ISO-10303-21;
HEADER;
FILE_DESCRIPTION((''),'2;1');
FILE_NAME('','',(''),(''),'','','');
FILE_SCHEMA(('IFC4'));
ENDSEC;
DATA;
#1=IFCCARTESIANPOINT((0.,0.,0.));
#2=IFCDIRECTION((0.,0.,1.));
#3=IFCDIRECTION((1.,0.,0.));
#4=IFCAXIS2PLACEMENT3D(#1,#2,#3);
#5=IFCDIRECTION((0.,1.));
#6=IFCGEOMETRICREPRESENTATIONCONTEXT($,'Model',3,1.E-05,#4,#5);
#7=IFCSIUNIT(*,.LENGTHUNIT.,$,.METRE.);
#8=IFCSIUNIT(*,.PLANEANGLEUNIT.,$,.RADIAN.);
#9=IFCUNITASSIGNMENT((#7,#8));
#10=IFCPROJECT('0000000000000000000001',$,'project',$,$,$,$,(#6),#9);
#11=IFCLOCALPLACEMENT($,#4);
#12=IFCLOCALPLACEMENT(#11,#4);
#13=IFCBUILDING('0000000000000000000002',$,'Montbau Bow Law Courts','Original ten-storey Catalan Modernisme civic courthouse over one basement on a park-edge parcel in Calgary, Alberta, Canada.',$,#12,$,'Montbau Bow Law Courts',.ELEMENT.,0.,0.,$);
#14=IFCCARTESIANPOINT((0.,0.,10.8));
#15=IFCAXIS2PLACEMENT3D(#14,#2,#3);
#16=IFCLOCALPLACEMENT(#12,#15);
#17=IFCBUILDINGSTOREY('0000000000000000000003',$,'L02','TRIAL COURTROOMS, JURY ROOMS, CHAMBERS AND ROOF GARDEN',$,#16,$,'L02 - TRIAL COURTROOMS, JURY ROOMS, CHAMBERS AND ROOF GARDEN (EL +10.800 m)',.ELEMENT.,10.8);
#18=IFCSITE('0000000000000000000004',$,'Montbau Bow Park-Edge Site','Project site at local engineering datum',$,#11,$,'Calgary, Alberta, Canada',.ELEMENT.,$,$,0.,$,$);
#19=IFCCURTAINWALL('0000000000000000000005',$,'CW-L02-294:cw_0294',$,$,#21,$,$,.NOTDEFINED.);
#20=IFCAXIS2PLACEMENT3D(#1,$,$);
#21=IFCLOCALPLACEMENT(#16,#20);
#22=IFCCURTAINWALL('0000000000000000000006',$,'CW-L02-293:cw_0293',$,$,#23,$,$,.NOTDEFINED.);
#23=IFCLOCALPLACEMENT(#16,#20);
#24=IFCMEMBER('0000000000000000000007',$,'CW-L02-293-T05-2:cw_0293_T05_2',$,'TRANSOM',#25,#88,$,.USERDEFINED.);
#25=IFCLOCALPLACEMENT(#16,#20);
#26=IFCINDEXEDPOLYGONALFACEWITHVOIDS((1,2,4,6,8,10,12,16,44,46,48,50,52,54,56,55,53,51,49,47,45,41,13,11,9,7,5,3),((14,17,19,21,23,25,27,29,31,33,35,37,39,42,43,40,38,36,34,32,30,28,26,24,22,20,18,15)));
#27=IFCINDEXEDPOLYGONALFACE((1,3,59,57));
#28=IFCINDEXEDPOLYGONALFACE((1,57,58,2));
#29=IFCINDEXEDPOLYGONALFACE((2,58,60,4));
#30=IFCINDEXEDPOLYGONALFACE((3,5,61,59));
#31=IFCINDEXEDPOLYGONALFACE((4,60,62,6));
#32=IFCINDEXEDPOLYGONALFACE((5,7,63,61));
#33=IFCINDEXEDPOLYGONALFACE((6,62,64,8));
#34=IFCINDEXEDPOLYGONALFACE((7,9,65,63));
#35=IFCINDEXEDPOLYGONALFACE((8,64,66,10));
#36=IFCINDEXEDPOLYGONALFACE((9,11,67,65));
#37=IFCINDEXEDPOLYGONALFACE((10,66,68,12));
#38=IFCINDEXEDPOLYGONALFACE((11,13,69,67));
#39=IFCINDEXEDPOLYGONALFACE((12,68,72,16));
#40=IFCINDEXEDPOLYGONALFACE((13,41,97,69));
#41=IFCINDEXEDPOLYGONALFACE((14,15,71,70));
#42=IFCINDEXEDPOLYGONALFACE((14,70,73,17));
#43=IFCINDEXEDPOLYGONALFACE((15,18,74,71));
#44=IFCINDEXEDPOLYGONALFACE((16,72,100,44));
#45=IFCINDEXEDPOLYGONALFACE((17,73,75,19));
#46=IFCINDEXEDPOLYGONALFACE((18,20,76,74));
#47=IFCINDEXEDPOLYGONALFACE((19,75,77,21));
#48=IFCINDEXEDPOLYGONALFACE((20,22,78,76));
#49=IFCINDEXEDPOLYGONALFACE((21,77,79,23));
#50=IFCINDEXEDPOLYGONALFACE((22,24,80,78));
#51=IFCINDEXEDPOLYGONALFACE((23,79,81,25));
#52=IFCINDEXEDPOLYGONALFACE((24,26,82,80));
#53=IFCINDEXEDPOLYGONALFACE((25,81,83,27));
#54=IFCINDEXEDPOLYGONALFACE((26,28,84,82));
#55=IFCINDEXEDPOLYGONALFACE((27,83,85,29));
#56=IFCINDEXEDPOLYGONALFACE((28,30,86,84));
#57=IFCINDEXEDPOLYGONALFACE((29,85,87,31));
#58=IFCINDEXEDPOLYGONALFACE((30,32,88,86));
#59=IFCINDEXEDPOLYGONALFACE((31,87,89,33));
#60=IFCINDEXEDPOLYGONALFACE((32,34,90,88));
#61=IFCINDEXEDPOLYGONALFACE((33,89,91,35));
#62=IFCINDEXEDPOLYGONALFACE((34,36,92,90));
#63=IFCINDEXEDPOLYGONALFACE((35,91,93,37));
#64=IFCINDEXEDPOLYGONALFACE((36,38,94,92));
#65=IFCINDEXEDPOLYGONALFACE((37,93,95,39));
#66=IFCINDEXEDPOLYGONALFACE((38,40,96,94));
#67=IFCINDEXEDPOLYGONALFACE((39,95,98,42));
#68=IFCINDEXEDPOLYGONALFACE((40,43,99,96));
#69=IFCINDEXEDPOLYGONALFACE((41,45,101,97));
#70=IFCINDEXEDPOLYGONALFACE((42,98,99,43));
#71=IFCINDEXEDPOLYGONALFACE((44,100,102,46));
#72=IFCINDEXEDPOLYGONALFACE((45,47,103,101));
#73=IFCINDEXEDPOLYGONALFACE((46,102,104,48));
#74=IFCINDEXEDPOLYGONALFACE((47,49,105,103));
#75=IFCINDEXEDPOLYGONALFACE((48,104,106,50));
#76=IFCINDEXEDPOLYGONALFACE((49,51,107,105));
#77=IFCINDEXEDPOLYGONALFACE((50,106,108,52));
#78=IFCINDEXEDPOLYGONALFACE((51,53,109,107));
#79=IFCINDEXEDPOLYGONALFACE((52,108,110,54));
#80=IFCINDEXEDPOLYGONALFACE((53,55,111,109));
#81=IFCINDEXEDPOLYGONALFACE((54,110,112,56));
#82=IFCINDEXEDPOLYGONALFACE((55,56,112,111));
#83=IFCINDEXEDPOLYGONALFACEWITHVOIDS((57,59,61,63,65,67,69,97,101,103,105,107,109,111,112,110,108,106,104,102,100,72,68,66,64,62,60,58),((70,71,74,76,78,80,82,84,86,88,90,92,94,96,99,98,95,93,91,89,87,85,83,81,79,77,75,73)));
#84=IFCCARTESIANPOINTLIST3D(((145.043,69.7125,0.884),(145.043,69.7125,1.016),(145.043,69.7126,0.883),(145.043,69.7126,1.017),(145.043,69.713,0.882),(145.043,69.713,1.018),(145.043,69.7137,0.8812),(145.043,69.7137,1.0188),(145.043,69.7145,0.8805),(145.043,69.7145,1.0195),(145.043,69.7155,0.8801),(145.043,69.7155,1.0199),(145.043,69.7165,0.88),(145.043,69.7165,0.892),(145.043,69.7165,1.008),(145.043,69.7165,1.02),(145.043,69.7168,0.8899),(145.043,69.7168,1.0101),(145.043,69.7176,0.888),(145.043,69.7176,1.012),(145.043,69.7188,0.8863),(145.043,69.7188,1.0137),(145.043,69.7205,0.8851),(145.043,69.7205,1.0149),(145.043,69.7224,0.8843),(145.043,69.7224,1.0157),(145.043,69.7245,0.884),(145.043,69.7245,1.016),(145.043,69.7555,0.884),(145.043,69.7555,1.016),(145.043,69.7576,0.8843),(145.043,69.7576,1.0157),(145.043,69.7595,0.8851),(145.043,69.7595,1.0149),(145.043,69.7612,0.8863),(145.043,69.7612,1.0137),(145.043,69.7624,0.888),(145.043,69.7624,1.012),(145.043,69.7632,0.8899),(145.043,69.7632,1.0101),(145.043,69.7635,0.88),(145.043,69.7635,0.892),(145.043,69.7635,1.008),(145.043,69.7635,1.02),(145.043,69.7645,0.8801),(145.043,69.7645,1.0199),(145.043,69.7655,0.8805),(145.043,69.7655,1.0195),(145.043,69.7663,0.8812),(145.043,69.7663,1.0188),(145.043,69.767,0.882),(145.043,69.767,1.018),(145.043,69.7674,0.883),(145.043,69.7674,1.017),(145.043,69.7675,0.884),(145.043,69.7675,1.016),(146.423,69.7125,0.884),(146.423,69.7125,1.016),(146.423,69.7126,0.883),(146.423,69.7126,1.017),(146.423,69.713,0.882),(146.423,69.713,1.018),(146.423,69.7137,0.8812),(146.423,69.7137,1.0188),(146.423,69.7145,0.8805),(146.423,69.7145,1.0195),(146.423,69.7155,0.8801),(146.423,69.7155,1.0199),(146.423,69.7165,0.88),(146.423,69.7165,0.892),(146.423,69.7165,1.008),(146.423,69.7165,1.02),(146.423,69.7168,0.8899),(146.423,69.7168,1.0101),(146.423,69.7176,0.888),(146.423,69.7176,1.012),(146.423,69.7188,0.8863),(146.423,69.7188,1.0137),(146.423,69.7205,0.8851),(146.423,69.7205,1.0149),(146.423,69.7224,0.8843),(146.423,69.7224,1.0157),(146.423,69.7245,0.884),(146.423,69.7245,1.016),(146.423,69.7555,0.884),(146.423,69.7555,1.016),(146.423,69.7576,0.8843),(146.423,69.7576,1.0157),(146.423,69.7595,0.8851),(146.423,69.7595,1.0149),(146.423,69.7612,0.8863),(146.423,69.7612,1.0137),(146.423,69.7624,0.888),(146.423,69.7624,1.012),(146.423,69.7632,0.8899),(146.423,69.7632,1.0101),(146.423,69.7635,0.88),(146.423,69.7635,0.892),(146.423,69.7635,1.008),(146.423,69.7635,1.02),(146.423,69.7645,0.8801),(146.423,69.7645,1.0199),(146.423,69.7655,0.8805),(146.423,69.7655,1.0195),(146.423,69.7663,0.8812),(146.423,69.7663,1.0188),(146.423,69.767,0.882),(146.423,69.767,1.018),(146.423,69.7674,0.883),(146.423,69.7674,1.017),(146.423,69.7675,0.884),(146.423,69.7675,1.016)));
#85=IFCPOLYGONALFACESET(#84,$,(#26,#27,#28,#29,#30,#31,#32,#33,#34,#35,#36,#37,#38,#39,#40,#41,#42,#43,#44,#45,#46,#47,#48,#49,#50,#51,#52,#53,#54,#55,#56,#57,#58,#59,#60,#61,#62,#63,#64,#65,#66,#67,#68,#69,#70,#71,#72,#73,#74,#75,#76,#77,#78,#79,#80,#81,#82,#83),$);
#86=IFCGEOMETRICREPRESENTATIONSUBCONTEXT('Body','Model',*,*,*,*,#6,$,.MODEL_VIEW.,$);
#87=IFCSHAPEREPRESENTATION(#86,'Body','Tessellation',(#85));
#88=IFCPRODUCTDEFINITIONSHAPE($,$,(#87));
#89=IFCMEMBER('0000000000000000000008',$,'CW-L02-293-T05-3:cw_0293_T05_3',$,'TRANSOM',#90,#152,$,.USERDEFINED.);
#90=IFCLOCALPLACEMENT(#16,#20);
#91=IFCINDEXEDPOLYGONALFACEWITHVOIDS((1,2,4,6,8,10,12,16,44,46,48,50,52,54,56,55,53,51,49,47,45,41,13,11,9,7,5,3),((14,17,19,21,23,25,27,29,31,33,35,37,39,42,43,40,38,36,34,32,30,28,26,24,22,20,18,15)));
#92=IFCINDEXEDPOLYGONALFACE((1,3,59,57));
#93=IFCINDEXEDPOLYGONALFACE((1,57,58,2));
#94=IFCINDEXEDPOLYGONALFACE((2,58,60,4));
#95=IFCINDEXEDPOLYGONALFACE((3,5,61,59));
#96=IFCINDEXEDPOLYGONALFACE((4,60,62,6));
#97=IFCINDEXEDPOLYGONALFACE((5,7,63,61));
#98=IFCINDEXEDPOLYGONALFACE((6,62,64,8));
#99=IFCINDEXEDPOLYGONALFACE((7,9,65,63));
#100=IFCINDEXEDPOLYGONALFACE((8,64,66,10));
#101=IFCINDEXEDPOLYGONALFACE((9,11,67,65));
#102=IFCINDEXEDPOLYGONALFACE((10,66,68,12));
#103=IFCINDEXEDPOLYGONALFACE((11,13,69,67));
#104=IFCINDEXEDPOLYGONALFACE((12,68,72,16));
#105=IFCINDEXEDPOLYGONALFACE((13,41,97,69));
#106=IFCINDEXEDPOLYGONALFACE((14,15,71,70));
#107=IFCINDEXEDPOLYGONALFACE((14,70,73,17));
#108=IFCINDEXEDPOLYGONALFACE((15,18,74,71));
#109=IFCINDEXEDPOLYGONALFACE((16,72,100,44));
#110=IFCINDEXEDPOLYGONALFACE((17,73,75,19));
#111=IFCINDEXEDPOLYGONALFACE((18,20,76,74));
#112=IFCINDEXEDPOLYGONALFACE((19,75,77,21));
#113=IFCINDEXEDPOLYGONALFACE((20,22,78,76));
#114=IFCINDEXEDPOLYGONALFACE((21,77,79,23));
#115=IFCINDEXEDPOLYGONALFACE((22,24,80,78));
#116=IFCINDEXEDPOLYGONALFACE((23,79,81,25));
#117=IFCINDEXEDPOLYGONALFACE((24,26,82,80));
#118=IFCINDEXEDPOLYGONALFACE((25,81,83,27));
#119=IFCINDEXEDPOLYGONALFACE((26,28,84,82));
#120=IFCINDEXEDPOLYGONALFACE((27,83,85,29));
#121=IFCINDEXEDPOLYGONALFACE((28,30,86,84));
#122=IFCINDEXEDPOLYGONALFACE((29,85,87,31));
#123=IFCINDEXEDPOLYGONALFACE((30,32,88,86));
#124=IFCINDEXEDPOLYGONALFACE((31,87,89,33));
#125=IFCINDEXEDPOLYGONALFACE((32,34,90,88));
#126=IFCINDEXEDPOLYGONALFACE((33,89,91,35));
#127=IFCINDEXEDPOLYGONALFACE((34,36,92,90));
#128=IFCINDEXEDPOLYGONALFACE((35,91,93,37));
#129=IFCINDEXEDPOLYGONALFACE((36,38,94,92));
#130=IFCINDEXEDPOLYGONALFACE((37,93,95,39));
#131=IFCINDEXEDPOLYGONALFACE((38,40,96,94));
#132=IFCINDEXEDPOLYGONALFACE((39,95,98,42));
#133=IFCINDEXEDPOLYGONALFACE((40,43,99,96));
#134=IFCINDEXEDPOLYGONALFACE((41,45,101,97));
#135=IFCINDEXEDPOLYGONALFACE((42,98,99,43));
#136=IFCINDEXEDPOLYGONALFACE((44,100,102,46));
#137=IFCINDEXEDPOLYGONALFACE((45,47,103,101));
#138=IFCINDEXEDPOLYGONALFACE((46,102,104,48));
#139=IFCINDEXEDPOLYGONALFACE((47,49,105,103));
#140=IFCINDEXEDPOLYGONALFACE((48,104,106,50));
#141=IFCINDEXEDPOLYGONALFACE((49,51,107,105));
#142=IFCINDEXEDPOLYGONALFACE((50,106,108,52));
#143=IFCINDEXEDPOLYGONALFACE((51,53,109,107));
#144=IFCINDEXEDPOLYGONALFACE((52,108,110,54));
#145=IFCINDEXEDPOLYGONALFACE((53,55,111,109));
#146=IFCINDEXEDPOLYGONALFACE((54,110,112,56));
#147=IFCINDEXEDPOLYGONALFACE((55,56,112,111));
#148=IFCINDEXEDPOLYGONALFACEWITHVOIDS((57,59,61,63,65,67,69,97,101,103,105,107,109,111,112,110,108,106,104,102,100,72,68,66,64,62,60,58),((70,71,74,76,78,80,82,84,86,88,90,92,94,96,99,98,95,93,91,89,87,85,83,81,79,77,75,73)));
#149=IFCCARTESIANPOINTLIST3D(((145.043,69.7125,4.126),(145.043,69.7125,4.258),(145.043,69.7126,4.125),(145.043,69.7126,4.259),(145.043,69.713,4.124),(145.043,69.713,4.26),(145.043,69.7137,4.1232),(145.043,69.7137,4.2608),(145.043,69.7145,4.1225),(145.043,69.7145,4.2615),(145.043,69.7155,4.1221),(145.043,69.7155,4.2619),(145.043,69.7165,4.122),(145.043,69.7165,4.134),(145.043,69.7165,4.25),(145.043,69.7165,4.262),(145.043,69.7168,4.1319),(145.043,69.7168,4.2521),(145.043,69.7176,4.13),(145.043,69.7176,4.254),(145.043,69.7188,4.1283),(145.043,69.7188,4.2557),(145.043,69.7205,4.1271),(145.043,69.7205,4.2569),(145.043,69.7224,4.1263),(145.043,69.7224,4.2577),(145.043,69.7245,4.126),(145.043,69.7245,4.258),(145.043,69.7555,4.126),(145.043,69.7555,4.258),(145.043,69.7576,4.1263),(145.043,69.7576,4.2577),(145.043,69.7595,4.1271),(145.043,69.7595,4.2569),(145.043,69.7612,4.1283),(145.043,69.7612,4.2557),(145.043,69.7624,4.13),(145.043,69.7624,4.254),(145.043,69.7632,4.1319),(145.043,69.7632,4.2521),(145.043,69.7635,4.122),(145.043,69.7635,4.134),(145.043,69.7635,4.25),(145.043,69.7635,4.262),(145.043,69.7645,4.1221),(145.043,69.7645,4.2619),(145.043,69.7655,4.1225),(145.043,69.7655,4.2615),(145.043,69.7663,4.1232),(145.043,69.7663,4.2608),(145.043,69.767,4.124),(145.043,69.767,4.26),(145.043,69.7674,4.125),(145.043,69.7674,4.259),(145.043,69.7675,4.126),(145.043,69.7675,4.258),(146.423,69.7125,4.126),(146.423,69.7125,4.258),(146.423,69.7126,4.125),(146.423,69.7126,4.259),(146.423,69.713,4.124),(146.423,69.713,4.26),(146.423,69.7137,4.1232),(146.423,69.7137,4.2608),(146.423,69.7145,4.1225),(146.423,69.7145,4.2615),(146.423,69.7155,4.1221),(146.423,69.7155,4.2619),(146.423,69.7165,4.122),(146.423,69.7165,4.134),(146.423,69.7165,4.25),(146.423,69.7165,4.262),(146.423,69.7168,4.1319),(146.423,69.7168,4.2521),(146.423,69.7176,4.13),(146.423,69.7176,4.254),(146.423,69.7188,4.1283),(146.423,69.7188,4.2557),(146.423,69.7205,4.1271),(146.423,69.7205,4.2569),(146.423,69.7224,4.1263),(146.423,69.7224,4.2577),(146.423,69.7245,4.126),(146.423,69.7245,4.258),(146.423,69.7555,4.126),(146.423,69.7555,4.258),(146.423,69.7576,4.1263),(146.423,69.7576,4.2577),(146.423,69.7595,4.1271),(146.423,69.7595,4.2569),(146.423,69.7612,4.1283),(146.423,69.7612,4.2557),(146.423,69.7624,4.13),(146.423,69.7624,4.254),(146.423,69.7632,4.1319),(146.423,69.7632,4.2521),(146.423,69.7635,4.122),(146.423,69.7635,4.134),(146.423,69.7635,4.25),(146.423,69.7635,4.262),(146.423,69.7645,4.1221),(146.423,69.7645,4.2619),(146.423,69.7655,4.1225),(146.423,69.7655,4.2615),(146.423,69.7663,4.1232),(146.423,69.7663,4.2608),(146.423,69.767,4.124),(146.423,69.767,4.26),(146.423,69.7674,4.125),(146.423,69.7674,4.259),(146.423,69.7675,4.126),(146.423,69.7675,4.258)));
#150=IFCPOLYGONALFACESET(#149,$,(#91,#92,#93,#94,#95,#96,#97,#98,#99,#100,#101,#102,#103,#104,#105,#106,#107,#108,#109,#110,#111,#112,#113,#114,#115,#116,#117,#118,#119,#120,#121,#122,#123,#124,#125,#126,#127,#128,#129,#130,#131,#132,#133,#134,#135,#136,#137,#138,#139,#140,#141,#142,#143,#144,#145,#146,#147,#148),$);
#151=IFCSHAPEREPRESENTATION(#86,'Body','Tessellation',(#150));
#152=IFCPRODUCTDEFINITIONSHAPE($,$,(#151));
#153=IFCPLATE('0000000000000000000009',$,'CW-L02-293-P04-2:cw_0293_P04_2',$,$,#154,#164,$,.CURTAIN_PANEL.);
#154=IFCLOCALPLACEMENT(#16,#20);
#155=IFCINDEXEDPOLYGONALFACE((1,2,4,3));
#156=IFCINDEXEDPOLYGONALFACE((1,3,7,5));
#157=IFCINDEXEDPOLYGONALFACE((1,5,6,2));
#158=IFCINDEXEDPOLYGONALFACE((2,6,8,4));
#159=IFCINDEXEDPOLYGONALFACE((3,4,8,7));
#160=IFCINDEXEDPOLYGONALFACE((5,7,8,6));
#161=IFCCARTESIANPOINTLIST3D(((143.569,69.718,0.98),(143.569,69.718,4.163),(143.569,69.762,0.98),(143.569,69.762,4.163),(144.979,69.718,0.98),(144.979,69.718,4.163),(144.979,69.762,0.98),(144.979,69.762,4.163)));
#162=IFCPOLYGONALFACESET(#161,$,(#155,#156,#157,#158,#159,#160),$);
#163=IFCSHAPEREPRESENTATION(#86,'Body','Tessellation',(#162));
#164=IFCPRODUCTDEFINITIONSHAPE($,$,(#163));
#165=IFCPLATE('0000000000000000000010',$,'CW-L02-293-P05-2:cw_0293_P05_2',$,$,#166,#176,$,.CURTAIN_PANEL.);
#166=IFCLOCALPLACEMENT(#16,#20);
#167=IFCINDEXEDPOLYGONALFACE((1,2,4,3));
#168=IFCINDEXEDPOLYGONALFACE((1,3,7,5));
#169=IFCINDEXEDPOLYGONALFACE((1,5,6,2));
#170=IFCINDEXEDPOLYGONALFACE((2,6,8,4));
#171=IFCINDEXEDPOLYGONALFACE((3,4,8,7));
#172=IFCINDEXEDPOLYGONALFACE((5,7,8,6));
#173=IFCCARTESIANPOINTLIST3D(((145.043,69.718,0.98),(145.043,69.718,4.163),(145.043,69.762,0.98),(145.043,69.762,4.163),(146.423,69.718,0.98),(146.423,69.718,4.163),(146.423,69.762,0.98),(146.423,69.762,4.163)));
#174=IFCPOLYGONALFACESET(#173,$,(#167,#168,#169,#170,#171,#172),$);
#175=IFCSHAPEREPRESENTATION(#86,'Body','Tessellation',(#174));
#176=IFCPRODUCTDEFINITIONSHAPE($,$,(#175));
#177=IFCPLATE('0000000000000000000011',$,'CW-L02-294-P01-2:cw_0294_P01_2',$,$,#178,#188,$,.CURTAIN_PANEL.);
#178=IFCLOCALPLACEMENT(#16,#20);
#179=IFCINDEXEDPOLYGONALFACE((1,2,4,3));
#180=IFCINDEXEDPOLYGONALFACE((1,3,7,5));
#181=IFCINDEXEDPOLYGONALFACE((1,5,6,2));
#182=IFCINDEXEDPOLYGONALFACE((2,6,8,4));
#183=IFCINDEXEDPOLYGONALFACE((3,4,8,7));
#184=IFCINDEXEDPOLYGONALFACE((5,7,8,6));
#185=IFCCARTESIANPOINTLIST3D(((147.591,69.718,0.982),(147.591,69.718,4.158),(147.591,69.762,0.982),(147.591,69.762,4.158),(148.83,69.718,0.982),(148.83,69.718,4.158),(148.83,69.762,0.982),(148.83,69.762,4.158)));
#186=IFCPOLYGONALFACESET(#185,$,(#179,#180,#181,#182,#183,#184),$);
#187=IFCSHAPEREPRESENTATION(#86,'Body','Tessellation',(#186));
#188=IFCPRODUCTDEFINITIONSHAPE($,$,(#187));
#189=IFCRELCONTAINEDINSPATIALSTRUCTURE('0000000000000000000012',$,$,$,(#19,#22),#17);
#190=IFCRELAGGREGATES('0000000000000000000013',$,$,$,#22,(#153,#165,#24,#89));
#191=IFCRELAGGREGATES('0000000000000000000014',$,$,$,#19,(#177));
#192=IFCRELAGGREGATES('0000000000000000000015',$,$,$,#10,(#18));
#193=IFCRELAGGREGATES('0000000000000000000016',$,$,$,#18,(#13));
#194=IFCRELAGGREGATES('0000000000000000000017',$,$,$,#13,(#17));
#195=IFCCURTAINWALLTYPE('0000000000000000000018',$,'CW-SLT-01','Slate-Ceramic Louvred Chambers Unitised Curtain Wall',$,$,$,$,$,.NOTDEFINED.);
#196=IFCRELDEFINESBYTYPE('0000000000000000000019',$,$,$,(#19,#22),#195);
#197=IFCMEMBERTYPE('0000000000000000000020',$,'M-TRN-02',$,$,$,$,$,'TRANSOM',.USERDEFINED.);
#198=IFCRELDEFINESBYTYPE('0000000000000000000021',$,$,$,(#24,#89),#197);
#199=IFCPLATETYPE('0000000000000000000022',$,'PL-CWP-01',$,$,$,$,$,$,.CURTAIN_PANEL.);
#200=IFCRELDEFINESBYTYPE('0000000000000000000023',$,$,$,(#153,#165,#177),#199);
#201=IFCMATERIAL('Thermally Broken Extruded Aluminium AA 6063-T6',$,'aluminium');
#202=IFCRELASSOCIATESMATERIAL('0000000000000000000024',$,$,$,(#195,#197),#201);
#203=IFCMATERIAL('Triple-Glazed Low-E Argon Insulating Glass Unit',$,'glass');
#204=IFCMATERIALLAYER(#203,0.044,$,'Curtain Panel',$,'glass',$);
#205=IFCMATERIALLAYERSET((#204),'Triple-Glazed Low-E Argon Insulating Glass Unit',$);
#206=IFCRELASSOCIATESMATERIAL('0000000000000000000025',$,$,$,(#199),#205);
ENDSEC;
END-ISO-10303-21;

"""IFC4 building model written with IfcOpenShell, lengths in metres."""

from ifc_helpers import new_model, si_unit, direction, frame, frame_2d, origin_with_axes, origin_2d_with_axis, place, context, subcontext, project, spatial, rectangle, hollow_rectangle, extrude, material, layer, layer_set, material_profile, profile_set, type_object, element, aggregate, save


model = new_model("IFC4")

# Units and contexts
model_context = context("Model", 3, precision=1e-05, world=origin_with_axes(), true_north=direction((0.0, 1.0)))
body_context = subcontext(model_context, "Body", "Model", "MODEL_VIEW")
ifc_project = project(units=[si_unit("LENGTHUNIT", "METRE"), si_unit("PLANEANGLEUNIT", "RADIAN")], contexts=[model_context])

# Site, building, storey
site_placement = place(None, origin_with_axes())
site = spatial("IfcSite", under=ifc_project, at=site_placement, Name="Montbau Bow Park-Edge Site", Description="Project site at local engineering datum", LongName="Calgary, Alberta, Canada", CompositionType="ELEMENT", RefElevation=0.0)
building_placement = place(site_placement, origin_with_axes())
building = spatial("IfcBuilding", under=site, at=building_placement, Name="Montbau Bow Law Courts", Description="Original ten-storey Catalan Modernisme civic courthouse over one basement on a park-edge parcel in Calgary, Alberta, Canada.", LongName="Montbau Bow Law Courts", CompositionType="ELEMENT", ElevationOfRefHeight=0.0, ElevationOfTerrain=0.0)
storey_placement = place(building_placement, frame((0.0, 0.0, 10.8), z_axis=(0.0, 0.0, 1.0), x_axis=(1.0, 0.0, 0.0)))
storey = spatial("IfcBuildingStorey", under=building, at=storey_placement, Name="L02", Description="TRIAL COURTROOMS, JURY ROOMS, CHAMBERS AND ROOF GARDEN", LongName="L02 - TRIAL COURTROOMS, JURY ROOMS, CHAMBERS AND ROOF GARDEN (EL +10.800 m)", CompositionType="ELEMENT", Elevation=10.8)

# Curtain walls
ifc_material_1 = material(Name="Thermally Broken Extruded Aluminium AA 6063-T6", Category="aluminium")
curtain_wall_type = type_object("IfcCurtainWallType", Name="CW-SLT-01", Description="Slate-Ceramic Louvred Chambers Unitised Curtain Wall", PredefinedType="NOTDEFINED", material=ifc_material_1)
curtain_wall_1_placement = place(None, frame((147.515, 69.74, 10.8), z_axis=(0.0, 0.0, 1.0), x_axis=(1.0, 0.0, 0.0)))
curtain_wall_1 = element("IfcCurtainWall", 1, at=curtain_wall_1_placement, inside=storey, type_object=curtain_wall_type, Name="CW-L02-294:cw_0294", PredefinedType="NOTDEFINED")
curtain_wall_2_placement = place(None, frame((139.115, 69.74, 10.8), z_axis=(0.0, 0.0, 1.0), x_axis=(1.0, 0.0, 0.0)))
curtain_wall_2 = element("IfcCurtainWall", 2, at=curtain_wall_2_placement, inside=storey, type_object=curtain_wall_type, Name="CW-L02-293:cw_0293", PredefinedType="NOTDEFINED")

# Members
ifc_material_profile_1 = material_profile(ifc_material_1, hollow_rectangle(XDim=0.055, YDim=0.14, WallThickness=0.004, InnerFilletRadius=0.008, OuterFilletRadius=0.004, at=origin_2d_with_axis()), Name="CWT-140X55", Category="Main", Priority=0)
ifc_profile_set_1 = profile_set([ifc_material_profile_1], Name="Thermally Broken Extruded Aluminium AA 6063-T6")
member_type_1 = type_object("IfcMemberType", Name="M-TRN-02", ElementType="TRANSOM", PredefinedType="USERDEFINED", material=ifc_profile_set_1)
member_1_placement = place(None, frame((145.043, 69.74, 11.75), z_axis=(1.0, 0.0, 0.0), x_axis=(0.0, 1.0, 0.0)))
member_1 = element("IfcMember", 3, at=member_1_placement, type_object=member_type_1, Name="CW-L02-293-T05-2:cw_0293_T05_2", ObjectType="TRANSOM", PredefinedType="USERDEFINED", context=body_context, shape_type="SweptSolid", body=[
    extrude(hollow_rectangle(XDim=0.055, YDim=0.14, WallThickness=0.004, InnerFilletRadius=0.008, OuterFilletRadius=0.004, at=origin_2d_with_axis()), origin_with_axes(), (0.0, 0.0, 1.0), 1.38),
])
member_2_placement = place(None, frame((145.043, 69.74, 14.992), z_axis=(1.0, 0.0, 0.0), x_axis=(0.0, 1.0, 0.0)))
member_2 = element("IfcMember", 4, at=member_2_placement, type_object=member_type_1, Name="CW-L02-293-T05-3:cw_0293_T05_3", ObjectType="TRANSOM", PredefinedType="USERDEFINED", context=body_context, shape_type="SweptSolid", body=[
    extrude(hollow_rectangle(XDim=0.055, YDim=0.14, WallThickness=0.004, InnerFilletRadius=0.008, OuterFilletRadius=0.004, at=origin_2d_with_axis()), origin_with_axes(), (0.0, 0.0, 1.0), 1.38),
])

# Plates
ifc_material_2 = material(Name="Triple-Glazed Low-E Argon Insulating Glass Unit", Category="glass")
ifc_layer_1 = layer(ifc_material_2, 0.044, Name="Curtain Panel", Category="glass")
ifc_layer_set_1 = layer_set([ifc_layer_1], Name="Triple-Glazed Low-E Argon Insulating Glass Unit")
plate_type_1 = type_object("IfcPlateType", Name="PL-CWP-01", PredefinedType="CURTAIN_PANEL", material=ifc_layer_set_1)
plate_1_placement = place(None, frame((143.569, 69.74, 11.78), z_axis=(0.0, -1.0, 0.0), x_axis=(1.0, 0.0, 0.0)))
plate_1 = element("IfcPlate", 5, at=plate_1_placement, type_object=plate_type_1, Name="CW-L02-293-P04-2:cw_0293_P04_2", PredefinedType="CURTAIN_PANEL", context=body_context, shape_type="SweptSolid", body=[
    extrude(rectangle(XDim=1.41, YDim=3.183, at=frame_2d((0.705, 1.5915), x_axis=(1.0, 0.0))), frame((0.0, 0.0, -0.022), z_axis=(0.0, 0.0, 1.0), x_axis=(1.0, 0.0, 0.0)), (0.0, 0.0, 1.0), 0.044),
])
plate_2_placement = place(None, frame((145.043, 69.74, 11.78), z_axis=(0.0, -1.0, 0.0), x_axis=(1.0, 0.0, 0.0)))
plate_2 = element("IfcPlate", 6, at=plate_2_placement, type_object=plate_type_1, Name="CW-L02-293-P05-2:cw_0293_P05_2", PredefinedType="CURTAIN_PANEL", context=body_context, shape_type="SweptSolid", body=[
    extrude(rectangle(XDim=1.38, YDim=3.183, at=frame_2d((0.69, 1.5915), x_axis=(1.0, 0.0))), frame((0.0, 0.0, -0.022), z_axis=(0.0, 0.0, 1.0), x_axis=(1.0, 0.0, 0.0)), (0.0, 0.0, 1.0), 0.044),
])
plate_3_placement = place(None, frame((147.591, 69.74, 11.782), z_axis=(0.0, -1.0, 0.0), x_axis=(1.0, 0.0, 0.0)))
plate_3 = element("IfcPlate", 7, at=plate_3_placement, type_object=plate_type_1, Name="CW-L02-294-P01-2:cw_0294_P01_2", PredefinedType="CURTAIN_PANEL", context=body_context, shape_type="SweptSolid", body=[
    extrude(rectangle(XDim=1.239, YDim=3.176, at=frame_2d((0.6195, 1.588), x_axis=(1.0, 0.0))), frame((0.0, 0.0, -0.022), z_axis=(0.0, 0.0, 1.0), x_axis=(1.0, 0.0, 0.0)), (0.0, 0.0, 1.0), 0.044),
])
aggregate(curtain_wall_2, [plate_1, plate_2, member_1, member_2])
aggregate(curtain_wall_1, [plate_3])

save(model, "model.ifc")
